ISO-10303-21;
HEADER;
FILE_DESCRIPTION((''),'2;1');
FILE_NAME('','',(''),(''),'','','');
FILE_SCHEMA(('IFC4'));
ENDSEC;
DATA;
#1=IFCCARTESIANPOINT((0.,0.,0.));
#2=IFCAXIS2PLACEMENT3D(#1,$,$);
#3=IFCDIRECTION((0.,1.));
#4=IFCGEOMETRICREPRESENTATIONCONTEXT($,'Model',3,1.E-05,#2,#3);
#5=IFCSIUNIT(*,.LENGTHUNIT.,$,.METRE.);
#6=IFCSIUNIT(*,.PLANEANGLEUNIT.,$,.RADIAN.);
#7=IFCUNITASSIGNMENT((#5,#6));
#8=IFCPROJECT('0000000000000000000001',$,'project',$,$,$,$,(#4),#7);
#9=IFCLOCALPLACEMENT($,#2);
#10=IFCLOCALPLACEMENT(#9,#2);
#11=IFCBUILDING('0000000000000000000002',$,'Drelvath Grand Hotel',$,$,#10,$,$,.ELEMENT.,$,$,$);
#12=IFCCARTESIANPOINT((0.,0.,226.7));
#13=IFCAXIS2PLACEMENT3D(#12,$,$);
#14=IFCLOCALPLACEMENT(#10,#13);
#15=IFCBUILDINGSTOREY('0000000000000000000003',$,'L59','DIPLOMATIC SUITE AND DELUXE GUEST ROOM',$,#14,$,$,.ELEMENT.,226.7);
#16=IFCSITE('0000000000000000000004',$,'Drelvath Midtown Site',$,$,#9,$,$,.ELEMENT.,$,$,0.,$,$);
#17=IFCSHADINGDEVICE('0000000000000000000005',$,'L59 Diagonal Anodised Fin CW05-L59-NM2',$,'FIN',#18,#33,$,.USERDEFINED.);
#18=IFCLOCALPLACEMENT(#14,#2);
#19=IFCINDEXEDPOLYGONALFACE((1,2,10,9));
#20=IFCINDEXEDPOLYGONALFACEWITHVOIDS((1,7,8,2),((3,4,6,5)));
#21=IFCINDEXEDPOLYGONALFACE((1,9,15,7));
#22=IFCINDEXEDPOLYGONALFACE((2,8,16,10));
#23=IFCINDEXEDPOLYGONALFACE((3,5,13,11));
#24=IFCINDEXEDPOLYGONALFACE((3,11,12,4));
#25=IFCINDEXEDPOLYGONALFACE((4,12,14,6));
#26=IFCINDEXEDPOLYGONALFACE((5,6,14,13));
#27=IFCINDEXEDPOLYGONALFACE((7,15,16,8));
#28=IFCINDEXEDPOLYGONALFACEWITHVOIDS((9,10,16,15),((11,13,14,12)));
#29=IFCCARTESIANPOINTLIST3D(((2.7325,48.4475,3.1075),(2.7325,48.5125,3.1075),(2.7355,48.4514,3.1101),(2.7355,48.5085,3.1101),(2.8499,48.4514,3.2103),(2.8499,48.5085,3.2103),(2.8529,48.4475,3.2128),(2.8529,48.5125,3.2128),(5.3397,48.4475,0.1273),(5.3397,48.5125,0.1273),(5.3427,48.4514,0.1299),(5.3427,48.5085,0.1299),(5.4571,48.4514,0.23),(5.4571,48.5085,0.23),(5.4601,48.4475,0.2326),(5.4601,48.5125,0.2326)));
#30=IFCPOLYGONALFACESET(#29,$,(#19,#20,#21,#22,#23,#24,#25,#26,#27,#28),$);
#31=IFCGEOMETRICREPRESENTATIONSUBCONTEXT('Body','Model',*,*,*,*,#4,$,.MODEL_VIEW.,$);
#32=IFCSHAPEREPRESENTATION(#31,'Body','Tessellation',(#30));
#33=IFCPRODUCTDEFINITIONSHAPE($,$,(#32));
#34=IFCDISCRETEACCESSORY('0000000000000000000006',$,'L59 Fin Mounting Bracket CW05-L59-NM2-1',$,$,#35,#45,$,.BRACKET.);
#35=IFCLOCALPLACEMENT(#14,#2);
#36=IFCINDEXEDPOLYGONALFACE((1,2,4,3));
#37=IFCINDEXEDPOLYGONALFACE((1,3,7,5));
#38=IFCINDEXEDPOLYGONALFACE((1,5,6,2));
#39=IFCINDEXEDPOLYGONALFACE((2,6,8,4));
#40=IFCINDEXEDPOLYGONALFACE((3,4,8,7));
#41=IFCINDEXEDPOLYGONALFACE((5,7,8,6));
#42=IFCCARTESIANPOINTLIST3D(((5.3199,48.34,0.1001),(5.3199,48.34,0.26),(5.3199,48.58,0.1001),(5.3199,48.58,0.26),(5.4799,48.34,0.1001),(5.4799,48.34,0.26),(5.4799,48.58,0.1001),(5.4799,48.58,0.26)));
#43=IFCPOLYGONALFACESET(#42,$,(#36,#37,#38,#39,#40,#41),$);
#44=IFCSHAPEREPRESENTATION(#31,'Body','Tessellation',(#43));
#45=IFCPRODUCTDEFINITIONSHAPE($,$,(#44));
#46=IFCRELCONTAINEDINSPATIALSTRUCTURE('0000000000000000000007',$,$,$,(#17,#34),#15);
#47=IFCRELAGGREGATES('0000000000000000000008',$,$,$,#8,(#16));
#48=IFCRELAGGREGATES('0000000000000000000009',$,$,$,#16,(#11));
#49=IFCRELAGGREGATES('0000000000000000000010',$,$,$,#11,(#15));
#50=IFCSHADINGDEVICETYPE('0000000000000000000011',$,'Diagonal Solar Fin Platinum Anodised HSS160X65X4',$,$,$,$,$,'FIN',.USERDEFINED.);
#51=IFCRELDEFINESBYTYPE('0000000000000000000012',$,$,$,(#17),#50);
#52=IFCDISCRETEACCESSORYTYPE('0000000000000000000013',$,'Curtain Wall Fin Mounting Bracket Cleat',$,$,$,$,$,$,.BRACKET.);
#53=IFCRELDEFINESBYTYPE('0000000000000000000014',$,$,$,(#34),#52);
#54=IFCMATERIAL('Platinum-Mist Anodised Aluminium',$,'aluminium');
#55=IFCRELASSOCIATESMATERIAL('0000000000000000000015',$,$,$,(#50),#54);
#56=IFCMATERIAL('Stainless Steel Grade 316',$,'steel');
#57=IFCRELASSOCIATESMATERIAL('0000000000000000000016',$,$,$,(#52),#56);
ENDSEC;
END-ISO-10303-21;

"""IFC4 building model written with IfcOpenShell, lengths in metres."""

from ifc_helpers import new_model, si_unit, direction, frame, origin, origin_2d, place, context, subcontext, project, spatial, rectangle, hollow_rectangle, extrude, material, material_profile, profile_set, type_object, element, save


model = new_model("IFC4")

# Units and contexts
model_context = context("Model", 3, precision=1e-05, world=origin(), true_north=direction((0.0, 1.0)))
body_context = subcontext(model_context, "Body", "Model", "MODEL_VIEW")
ifc_project = project(units=[si_unit("LENGTHUNIT", "METRE"), si_unit("PLANEANGLEUNIT", "RADIAN")], contexts=[model_context])

# Site, building, storey
site_placement = place(None, origin())
site = spatial("IfcSite", under=ifc_project, at=site_placement, Name="Drelvath Midtown Site", CompositionType="ELEMENT", RefElevation=0.0)
building_placement = place(site_placement, origin())
building = spatial("IfcBuilding", under=site, at=building_placement, Name="Drelvath Grand Hotel", CompositionType="ELEMENT")
storey_placement = place(building_placement, frame((0.0, 0.0, 226.7)))
storey = spatial("IfcBuildingStorey", under=building, at=storey_placement, Name="L59", Description="DIPLOMATIC SUITE AND DELUXE GUEST ROOM", CompositionType="ELEMENT", Elevation=226.7)

# Shading device
ifc_material_1 = material(Name="Platinum-Mist Anodised Aluminium", Category="aluminium")
ifc_material_profile_1 = material_profile(ifc_material_1, hollow_rectangle(XDim=0.0649, YDim=0.1599, WallThickness=0.0039, at=origin_2d()), Name="HSS160X65X4")
ifc_profile_set_1 = profile_set([ifc_material_profile_1], Name="Platinum-Mist Anodised Aluminium")
shading_device_type = type_object("IfcShadingDeviceType", Name="Diagonal Solar Fin Platinum Anodised HSS160X65X4", ElementType="FIN", PredefinedType="USERDEFINED", material=ifc_profile_set_1)
shading_device_placement = place(storey_placement, frame((5.3999, 48.48, 0.1799), z_axis=(-0.65843, 0.0, 0.752642), x_axis=(0.0, -1.0, 0.0)))
element("IfcShadingDevice", 1, at=shading_device_placement, inside=storey, type_object=shading_device_type, Name="L59 Diagonal Anodised Fin CW05-L59-NM2", ObjectType="FIN", PredefinedType="USERDEFINED", context=body_context, shape_type="SweptSolid", body=[
    extrude(hollow_rectangle(XDim=0.0649, YDim=0.1599, WallThickness=0.0039, at=origin_2d()), origin(), (0.0, 0.0, 1.0), 3.9597),
])

# Discrete accessory
ifc_material_2 = material(Name="Stainless Steel Grade 316", Category="steel")
discrete_accessory_type = type_object("IfcDiscreteAccessoryType", Name="Curtain Wall Fin Mounting Bracket Cleat", PredefinedType="BRACKET", material=ifc_material_2)
discrete_accessory_placement = place(storey_placement, frame((5.3999, 48.46, 0.1001), z_axis=(0.0, 0.0, 1.0), x_axis=(1.0, 0.0, 0.0)))
element("IfcDiscreteAccessory", 2, at=discrete_accessory_placement, inside=storey, type_object=discrete_accessory_type, Name="L59 Fin Mounting Bracket CW05-L59-NM2-1", PredefinedType="BRACKET", context=body_context, shape_type="SweptSolid", body=[
    extrude(rectangle(XDim=0.1599, YDim=0.24, at=origin_2d()), origin(), (0.0, 0.0, 1.0), 0.1599),
])

save(model, "model.ifc")
